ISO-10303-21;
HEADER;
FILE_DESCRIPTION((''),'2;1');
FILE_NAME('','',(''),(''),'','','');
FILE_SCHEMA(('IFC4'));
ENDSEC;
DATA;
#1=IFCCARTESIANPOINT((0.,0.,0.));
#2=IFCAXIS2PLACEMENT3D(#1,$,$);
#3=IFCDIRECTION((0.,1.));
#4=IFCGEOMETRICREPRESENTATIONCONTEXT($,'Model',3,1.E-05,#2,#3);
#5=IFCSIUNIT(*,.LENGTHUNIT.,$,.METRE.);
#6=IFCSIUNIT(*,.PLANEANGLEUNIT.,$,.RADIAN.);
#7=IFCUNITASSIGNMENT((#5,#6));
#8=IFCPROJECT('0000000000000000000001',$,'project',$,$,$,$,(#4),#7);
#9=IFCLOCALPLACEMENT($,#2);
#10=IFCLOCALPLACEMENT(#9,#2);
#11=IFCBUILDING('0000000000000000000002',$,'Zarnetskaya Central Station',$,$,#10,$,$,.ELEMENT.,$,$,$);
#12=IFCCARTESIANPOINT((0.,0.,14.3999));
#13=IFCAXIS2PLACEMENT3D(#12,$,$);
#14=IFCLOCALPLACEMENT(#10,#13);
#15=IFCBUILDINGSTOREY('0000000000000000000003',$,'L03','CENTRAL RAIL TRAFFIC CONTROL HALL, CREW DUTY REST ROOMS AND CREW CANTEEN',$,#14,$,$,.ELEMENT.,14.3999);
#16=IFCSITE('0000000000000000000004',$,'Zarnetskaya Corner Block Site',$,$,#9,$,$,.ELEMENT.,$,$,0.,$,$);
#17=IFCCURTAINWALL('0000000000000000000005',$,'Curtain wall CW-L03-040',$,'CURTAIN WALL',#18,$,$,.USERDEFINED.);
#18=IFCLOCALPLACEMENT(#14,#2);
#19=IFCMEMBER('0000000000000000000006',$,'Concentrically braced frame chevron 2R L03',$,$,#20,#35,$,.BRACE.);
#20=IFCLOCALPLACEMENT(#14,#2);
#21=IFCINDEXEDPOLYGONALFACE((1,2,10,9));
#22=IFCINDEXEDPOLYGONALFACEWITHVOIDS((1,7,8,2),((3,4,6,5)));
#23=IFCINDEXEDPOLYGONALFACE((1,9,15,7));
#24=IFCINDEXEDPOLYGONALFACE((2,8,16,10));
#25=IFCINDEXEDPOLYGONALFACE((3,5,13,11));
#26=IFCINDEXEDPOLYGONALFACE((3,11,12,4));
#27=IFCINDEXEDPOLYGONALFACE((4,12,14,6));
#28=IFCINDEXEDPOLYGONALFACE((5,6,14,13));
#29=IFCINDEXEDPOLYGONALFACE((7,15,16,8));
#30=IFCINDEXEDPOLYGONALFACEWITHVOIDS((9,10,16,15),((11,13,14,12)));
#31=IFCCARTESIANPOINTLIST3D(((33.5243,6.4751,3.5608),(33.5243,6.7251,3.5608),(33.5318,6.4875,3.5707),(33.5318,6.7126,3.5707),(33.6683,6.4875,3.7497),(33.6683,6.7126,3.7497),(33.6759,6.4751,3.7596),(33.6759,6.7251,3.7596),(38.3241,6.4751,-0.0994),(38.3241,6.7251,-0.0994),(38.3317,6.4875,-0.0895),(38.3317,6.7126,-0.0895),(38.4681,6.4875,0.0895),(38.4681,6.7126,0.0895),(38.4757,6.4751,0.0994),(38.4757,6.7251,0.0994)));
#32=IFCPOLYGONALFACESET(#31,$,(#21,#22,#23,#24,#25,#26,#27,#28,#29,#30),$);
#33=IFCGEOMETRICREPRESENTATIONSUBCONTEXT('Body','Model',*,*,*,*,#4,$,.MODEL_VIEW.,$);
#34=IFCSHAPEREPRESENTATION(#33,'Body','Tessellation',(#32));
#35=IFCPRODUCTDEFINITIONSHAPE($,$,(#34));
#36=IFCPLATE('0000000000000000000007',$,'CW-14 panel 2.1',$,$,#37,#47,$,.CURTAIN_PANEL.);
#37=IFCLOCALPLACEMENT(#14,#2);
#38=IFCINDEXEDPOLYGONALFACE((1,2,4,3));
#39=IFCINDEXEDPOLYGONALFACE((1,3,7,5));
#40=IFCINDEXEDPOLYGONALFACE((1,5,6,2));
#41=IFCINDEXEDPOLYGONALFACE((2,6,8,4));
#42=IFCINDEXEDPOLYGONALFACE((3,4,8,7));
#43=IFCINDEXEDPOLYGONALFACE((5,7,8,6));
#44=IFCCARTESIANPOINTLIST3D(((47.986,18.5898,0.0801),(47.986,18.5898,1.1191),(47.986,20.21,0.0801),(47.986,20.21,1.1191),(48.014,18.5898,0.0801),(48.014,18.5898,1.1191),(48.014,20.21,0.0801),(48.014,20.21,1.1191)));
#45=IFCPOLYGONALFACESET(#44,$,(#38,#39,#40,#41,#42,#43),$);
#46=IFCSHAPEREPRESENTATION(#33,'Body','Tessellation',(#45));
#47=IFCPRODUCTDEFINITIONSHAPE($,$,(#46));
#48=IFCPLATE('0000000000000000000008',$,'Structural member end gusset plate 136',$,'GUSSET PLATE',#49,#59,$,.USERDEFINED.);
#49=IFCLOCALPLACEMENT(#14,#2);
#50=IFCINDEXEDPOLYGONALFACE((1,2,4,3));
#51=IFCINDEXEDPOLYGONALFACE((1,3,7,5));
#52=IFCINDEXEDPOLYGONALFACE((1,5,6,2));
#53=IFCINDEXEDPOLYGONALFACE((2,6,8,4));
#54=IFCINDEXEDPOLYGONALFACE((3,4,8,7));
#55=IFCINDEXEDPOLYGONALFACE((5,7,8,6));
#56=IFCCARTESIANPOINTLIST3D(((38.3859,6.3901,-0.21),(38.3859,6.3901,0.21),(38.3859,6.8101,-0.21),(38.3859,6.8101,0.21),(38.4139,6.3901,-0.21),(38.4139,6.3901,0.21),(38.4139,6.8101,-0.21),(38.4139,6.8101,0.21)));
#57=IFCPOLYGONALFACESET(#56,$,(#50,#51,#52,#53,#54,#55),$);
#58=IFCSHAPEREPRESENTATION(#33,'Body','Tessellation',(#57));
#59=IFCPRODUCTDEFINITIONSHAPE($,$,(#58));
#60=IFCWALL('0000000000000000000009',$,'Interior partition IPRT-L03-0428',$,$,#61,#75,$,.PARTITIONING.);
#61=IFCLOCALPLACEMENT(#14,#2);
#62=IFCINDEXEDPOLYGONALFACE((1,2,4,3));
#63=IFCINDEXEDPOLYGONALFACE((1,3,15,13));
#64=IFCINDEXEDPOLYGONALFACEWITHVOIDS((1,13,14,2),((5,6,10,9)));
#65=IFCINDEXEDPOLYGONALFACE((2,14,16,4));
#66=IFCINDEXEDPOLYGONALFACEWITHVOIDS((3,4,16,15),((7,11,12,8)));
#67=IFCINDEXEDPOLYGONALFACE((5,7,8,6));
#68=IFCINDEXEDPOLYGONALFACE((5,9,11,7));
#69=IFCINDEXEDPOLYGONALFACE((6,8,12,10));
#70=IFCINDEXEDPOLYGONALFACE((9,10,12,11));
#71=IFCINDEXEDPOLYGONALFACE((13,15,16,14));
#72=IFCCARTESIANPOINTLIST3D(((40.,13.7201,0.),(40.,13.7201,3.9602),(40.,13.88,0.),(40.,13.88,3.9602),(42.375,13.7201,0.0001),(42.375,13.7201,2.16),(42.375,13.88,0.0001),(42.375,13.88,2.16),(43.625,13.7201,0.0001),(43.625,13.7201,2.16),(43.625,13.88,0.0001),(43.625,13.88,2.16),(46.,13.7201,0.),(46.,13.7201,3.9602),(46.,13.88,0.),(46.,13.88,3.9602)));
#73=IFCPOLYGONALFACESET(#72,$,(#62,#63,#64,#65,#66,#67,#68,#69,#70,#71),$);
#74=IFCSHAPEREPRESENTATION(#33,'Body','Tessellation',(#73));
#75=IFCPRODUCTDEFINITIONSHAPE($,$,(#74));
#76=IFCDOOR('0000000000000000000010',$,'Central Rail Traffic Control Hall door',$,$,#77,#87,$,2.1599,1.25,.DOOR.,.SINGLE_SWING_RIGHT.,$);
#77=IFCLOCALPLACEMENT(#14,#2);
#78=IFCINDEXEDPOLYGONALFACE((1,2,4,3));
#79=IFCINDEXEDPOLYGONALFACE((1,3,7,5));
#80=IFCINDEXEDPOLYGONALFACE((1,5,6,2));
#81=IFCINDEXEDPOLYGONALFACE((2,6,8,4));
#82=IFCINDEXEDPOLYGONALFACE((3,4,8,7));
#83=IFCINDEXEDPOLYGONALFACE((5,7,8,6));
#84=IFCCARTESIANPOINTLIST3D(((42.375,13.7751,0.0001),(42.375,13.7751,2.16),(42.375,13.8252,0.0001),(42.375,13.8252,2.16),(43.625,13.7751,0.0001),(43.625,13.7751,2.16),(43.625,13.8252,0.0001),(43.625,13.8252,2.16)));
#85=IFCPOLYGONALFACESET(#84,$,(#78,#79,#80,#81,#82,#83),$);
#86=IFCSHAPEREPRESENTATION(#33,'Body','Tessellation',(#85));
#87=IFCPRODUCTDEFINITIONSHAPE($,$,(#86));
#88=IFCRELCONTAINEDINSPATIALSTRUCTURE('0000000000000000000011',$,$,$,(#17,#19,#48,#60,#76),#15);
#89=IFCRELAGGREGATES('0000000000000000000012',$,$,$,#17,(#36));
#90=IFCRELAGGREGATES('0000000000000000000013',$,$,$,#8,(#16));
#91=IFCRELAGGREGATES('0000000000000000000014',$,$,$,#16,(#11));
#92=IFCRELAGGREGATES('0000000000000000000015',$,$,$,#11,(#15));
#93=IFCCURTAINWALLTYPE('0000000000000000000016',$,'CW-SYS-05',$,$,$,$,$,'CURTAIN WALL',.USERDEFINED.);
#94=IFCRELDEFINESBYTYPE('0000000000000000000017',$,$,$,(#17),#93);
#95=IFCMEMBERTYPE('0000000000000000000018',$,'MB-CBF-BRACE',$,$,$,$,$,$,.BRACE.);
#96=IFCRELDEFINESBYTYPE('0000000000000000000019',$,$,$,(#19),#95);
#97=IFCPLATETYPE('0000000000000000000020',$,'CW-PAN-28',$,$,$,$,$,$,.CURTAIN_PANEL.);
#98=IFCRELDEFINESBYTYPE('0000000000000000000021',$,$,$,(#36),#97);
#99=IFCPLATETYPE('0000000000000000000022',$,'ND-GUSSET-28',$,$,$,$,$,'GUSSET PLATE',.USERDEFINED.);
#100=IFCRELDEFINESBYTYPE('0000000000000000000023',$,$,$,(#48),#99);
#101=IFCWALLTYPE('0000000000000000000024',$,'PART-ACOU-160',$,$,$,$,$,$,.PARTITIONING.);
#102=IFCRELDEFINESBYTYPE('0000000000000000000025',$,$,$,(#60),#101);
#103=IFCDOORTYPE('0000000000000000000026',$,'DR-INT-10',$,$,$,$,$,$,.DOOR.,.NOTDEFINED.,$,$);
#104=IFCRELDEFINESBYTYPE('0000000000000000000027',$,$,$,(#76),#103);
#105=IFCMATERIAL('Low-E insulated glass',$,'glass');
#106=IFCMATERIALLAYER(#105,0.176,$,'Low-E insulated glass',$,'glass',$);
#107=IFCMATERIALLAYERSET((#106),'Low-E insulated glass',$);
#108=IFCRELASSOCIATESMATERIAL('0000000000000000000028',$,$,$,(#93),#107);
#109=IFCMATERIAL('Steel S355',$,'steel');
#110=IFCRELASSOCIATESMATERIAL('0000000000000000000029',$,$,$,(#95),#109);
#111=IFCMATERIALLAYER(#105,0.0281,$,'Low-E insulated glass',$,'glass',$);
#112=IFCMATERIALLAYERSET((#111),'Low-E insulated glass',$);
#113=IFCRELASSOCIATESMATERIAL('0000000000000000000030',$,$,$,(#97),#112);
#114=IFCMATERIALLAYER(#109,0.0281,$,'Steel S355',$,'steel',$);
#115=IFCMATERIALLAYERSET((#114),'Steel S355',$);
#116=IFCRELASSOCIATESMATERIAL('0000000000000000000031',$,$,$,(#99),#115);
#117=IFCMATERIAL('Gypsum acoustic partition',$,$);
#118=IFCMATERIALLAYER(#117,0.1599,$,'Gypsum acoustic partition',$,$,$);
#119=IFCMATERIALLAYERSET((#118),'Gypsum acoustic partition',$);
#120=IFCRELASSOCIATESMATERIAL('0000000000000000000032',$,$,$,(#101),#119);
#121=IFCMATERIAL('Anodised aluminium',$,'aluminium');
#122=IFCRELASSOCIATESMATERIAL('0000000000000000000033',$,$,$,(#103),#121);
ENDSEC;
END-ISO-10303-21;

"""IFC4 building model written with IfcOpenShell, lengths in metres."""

from ifc_helpers import new_model, si_unit, direction, frame, frame_2d, origin, origin_2d, place, context, subcontext, project, spatial, rectangle, hollow_rectangle, extrude, material, layer, layer_set, material_profile, profile_set, type_object, element, fill, aggregate, save


model = new_model("IFC4")

# Units and contexts
model_context = context("Model", 3, precision=1e-05, world=origin(), true_north=direction((0.0, 1.0)))
body_context = subcontext(model_context, "Body", "Model", "MODEL_VIEW")
ifc_project = project(units=[si_unit("LENGTHUNIT", "METRE"), si_unit("PLANEANGLEUNIT", "RADIAN")], contexts=[model_context])

# Site, building, storey
site_placement = place(None, origin())
site = spatial("IfcSite", under=ifc_project, at=site_placement, Name="Zarnetskaya Corner Block Site", CompositionType="ELEMENT", RefElevation=0.0)
building_placement = place(site_placement, origin())
building = spatial("IfcBuilding", under=site, at=building_placement, Name="Zarnetskaya Central Station", CompositionType="ELEMENT")
storey_placement = place(building_placement, frame((0.0, 0.0, 14.3999)))
storey = spatial("IfcBuildingStorey", under=building, at=storey_placement, Name="L03", Description="CENTRAL RAIL TRAFFIC CONTROL HALL, CREW DUTY REST ROOMS AND CREW CANTEEN", CompositionType="ELEMENT", Elevation=14.3999)

# Shared definitions
ifc_material_1 = material(Name="Steel S355", Category="steel")

# Curtain wall
ifc_material_2 = material(Name="Low-E insulated glass", Category="glass")
ifc_layer_1 = layer(ifc_material_2, 0.176, Name="Low-E insulated glass", Category="glass")
ifc_layer_set_1 = layer_set([ifc_layer_1], Name="Low-E insulated glass")
curtain_wall_type = type_object("IfcCurtainWallType", Name="CW-SYS-05", ElementType="CURTAIN WALL", PredefinedType="USERDEFINED", material=ifc_layer_set_1)
curtain_wall_placement = place(storey_placement, origin())
curtain_wall = element("IfcCurtainWall", 1, at=curtain_wall_placement, inside=storey, type_object=curtain_wall_type, Name="Curtain wall CW-L03-040", ObjectType="CURTAIN WALL", PredefinedType="USERDEFINED")
ifc_material_3 = material(Name="Anodised aluminium", Category="aluminium")

# Member
ifc_material_profile_1 = material_profile(ifc_material_1, hollow_rectangle(XDim=0.25, YDim=0.25, WallThickness=0.0125, at=origin_2d()), Name="SHS 250x250x12.5")
ifc_profile_set_1 = profile_set([ifc_material_profile_1], Name="Steel S355")
member_type_1 = type_object("IfcMemberType", Name="MB-CBF-BRACE", PredefinedType="BRACE", material=ifc_profile_set_1)
member_1_placement = place(storey_placement, frame((38.3999, 6.6001, 0.0), z_axis=(-0.795179, 0.0, 0.606375), x_axis=(0.0, -1.0, 0.0)))
element("IfcMember", 2, at=member_1_placement, inside=storey, type_object=member_type_1, Name="Concentrically braced frame chevron 2R L03", PredefinedType="BRACE", context=body_context, shape_type="SweptSolid", body=[
    extrude(hollow_rectangle(XDim=0.25, YDim=0.25, WallThickness=0.0125, at=origin_2d()), origin(), (0.0, 0.0, 1.0), 6.0361),
])

# Plates
ifc_layer_2 = layer(ifc_material_2, 0.0281, Name="Low-E insulated glass", Category="glass")
ifc_layer_set_2 = layer_set([ifc_layer_2], Name="Low-E insulated glass")
plate_type_1 = type_object("IfcPlateType", Name="CW-PAN-28", PredefinedType="CURTAIN_PANEL", material=ifc_layer_set_2)
plate_1_placement = place(storey_placement, frame((48.0, 19.3999, 0.0801), z_axis=(0.0, 0.0, 1.0), x_axis=(0.0, -1.0, 0.0)))
plate_1 = element("IfcPlate", 3, at=plate_1_placement, type_object=plate_type_1, Name="CW-14 panel 2.1", PredefinedType="CURTAIN_PANEL", context=body_context, shape_type="SweptSolid", body=[
    extrude(rectangle(XDim=1.6201, YDim=0.0281, at=origin_2d()), origin(), (0.0, 0.0, 1.0), 1.0391),
])
aggregate(curtain_wall, [plate_1])
ifc_layer_3 = layer(ifc_material_1, 0.0281, Name="Steel S355", Category="steel")
ifc_layer_set_3 = layer_set([ifc_layer_3], Name="Steel S355")
plate_type_2 = type_object("IfcPlateType", Name="ND-GUSSET-28", ElementType="GUSSET PLATE", PredefinedType="USERDEFINED", material=ifc_layer_set_3)
plate_2_placement = place(storey_placement, frame((38.3999, 6.6001, -0.21), z_axis=(0.0, 0.0, 1.0), x_axis=(1.0, 0.0, 0.0)))
element("IfcPlate", 4, at=plate_2_placement, inside=storey, type_object=plate_type_2, Name="Structural member end gusset plate 136", ObjectType="GUSSET PLATE", PredefinedType="USERDEFINED", context=body_context, shape_type="SweptSolid", body=[
    extrude(rectangle(XDim=0.0281, YDim=0.4199, at=origin_2d()), origin(), (0.0, 0.0, 1.0), 0.4199),
])

# Wall, opening, door
ifc_material_4 = material(Name="Gypsum acoustic partition")
ifc_layer_4 = layer(ifc_material_4, 0.1599, Name="Gypsum acoustic partition")
ifc_layer_set_4 = layer_set([ifc_layer_4], Name="Gypsum acoustic partition")
wall_type_1 = type_object("IfcWallType", Name="PART-ACOU-160", PredefinedType="PARTITIONING", material=ifc_layer_set_4)
wall_1_placement = place(storey_placement, frame((46.0, 13.8, 0.0), z_axis=(0.0, 0.0, 1.0), x_axis=(-1.0, 0.0, 0.0)))
wall_1 = element("IfcWall", 5, at=wall_1_placement, inside=storey, type_object=wall_type_1, Name="Interior partition IPRT-L03-0428", PredefinedType="PARTITIONING", context=body_context, shape_type="SweptSolid", body=[
    extrude(rectangle(XDim=6.0, YDim=0.1599, at=frame_2d((3.0, 0.0))), origin(), (0.0, 0.0, 1.0), 3.9602),
])
opening_1_placement = place(wall_1_placement, frame((2.375, 0.0, 0.0)))
opening_1 = element("IfcOpeningElement", 6, at=opening_1_placement, cuts=wall_1, PredefinedType="OPENING", context=body_context, shape_type="SweptSolid", body=[
    extrude(rectangle(XDim=1.25, YDim=2.1599, at=frame_2d((0.625, 1.0801))), frame((0.0, 0.0898, 0.0), z_axis=(0.0, -1.0, 0.0), x_axis=(1.0, 0.0, 0.0)), (0.0, 0.0, 1.0), 0.1799),
])
door_type_1 = type_object("IfcDoorType", Name="DR-INT-10", OperationType="NOTDEFINED", PredefinedType="DOOR", material=ifc_material_3)
door_1_placement = place(opening_1_placement, origin())
door_1 = element("IfcDoor", 7, at=door_1_placement, inside=storey, type_object=door_type_1, Name="Central Rail Traffic Control Hall door", OperationType="SINGLE_SWING_RIGHT", OverallHeight=2.1599, OverallWidth=1.25, PredefinedType="DOOR", context=body_context, shape_type="SweptSolid", body=[
    extrude(rectangle(XDim=1.25, YDim=2.1599, at=frame_2d((0.625, 1.0801))), frame((0.0, 0.0249, 0.0), z_axis=(0.0, -1.0, 0.0), x_axis=(1.0, 0.0, 0.0)), (0.0, 0.0, 1.0), 0.05),
])
fill(opening_1, door_1)

save(model, "model.ifc")
